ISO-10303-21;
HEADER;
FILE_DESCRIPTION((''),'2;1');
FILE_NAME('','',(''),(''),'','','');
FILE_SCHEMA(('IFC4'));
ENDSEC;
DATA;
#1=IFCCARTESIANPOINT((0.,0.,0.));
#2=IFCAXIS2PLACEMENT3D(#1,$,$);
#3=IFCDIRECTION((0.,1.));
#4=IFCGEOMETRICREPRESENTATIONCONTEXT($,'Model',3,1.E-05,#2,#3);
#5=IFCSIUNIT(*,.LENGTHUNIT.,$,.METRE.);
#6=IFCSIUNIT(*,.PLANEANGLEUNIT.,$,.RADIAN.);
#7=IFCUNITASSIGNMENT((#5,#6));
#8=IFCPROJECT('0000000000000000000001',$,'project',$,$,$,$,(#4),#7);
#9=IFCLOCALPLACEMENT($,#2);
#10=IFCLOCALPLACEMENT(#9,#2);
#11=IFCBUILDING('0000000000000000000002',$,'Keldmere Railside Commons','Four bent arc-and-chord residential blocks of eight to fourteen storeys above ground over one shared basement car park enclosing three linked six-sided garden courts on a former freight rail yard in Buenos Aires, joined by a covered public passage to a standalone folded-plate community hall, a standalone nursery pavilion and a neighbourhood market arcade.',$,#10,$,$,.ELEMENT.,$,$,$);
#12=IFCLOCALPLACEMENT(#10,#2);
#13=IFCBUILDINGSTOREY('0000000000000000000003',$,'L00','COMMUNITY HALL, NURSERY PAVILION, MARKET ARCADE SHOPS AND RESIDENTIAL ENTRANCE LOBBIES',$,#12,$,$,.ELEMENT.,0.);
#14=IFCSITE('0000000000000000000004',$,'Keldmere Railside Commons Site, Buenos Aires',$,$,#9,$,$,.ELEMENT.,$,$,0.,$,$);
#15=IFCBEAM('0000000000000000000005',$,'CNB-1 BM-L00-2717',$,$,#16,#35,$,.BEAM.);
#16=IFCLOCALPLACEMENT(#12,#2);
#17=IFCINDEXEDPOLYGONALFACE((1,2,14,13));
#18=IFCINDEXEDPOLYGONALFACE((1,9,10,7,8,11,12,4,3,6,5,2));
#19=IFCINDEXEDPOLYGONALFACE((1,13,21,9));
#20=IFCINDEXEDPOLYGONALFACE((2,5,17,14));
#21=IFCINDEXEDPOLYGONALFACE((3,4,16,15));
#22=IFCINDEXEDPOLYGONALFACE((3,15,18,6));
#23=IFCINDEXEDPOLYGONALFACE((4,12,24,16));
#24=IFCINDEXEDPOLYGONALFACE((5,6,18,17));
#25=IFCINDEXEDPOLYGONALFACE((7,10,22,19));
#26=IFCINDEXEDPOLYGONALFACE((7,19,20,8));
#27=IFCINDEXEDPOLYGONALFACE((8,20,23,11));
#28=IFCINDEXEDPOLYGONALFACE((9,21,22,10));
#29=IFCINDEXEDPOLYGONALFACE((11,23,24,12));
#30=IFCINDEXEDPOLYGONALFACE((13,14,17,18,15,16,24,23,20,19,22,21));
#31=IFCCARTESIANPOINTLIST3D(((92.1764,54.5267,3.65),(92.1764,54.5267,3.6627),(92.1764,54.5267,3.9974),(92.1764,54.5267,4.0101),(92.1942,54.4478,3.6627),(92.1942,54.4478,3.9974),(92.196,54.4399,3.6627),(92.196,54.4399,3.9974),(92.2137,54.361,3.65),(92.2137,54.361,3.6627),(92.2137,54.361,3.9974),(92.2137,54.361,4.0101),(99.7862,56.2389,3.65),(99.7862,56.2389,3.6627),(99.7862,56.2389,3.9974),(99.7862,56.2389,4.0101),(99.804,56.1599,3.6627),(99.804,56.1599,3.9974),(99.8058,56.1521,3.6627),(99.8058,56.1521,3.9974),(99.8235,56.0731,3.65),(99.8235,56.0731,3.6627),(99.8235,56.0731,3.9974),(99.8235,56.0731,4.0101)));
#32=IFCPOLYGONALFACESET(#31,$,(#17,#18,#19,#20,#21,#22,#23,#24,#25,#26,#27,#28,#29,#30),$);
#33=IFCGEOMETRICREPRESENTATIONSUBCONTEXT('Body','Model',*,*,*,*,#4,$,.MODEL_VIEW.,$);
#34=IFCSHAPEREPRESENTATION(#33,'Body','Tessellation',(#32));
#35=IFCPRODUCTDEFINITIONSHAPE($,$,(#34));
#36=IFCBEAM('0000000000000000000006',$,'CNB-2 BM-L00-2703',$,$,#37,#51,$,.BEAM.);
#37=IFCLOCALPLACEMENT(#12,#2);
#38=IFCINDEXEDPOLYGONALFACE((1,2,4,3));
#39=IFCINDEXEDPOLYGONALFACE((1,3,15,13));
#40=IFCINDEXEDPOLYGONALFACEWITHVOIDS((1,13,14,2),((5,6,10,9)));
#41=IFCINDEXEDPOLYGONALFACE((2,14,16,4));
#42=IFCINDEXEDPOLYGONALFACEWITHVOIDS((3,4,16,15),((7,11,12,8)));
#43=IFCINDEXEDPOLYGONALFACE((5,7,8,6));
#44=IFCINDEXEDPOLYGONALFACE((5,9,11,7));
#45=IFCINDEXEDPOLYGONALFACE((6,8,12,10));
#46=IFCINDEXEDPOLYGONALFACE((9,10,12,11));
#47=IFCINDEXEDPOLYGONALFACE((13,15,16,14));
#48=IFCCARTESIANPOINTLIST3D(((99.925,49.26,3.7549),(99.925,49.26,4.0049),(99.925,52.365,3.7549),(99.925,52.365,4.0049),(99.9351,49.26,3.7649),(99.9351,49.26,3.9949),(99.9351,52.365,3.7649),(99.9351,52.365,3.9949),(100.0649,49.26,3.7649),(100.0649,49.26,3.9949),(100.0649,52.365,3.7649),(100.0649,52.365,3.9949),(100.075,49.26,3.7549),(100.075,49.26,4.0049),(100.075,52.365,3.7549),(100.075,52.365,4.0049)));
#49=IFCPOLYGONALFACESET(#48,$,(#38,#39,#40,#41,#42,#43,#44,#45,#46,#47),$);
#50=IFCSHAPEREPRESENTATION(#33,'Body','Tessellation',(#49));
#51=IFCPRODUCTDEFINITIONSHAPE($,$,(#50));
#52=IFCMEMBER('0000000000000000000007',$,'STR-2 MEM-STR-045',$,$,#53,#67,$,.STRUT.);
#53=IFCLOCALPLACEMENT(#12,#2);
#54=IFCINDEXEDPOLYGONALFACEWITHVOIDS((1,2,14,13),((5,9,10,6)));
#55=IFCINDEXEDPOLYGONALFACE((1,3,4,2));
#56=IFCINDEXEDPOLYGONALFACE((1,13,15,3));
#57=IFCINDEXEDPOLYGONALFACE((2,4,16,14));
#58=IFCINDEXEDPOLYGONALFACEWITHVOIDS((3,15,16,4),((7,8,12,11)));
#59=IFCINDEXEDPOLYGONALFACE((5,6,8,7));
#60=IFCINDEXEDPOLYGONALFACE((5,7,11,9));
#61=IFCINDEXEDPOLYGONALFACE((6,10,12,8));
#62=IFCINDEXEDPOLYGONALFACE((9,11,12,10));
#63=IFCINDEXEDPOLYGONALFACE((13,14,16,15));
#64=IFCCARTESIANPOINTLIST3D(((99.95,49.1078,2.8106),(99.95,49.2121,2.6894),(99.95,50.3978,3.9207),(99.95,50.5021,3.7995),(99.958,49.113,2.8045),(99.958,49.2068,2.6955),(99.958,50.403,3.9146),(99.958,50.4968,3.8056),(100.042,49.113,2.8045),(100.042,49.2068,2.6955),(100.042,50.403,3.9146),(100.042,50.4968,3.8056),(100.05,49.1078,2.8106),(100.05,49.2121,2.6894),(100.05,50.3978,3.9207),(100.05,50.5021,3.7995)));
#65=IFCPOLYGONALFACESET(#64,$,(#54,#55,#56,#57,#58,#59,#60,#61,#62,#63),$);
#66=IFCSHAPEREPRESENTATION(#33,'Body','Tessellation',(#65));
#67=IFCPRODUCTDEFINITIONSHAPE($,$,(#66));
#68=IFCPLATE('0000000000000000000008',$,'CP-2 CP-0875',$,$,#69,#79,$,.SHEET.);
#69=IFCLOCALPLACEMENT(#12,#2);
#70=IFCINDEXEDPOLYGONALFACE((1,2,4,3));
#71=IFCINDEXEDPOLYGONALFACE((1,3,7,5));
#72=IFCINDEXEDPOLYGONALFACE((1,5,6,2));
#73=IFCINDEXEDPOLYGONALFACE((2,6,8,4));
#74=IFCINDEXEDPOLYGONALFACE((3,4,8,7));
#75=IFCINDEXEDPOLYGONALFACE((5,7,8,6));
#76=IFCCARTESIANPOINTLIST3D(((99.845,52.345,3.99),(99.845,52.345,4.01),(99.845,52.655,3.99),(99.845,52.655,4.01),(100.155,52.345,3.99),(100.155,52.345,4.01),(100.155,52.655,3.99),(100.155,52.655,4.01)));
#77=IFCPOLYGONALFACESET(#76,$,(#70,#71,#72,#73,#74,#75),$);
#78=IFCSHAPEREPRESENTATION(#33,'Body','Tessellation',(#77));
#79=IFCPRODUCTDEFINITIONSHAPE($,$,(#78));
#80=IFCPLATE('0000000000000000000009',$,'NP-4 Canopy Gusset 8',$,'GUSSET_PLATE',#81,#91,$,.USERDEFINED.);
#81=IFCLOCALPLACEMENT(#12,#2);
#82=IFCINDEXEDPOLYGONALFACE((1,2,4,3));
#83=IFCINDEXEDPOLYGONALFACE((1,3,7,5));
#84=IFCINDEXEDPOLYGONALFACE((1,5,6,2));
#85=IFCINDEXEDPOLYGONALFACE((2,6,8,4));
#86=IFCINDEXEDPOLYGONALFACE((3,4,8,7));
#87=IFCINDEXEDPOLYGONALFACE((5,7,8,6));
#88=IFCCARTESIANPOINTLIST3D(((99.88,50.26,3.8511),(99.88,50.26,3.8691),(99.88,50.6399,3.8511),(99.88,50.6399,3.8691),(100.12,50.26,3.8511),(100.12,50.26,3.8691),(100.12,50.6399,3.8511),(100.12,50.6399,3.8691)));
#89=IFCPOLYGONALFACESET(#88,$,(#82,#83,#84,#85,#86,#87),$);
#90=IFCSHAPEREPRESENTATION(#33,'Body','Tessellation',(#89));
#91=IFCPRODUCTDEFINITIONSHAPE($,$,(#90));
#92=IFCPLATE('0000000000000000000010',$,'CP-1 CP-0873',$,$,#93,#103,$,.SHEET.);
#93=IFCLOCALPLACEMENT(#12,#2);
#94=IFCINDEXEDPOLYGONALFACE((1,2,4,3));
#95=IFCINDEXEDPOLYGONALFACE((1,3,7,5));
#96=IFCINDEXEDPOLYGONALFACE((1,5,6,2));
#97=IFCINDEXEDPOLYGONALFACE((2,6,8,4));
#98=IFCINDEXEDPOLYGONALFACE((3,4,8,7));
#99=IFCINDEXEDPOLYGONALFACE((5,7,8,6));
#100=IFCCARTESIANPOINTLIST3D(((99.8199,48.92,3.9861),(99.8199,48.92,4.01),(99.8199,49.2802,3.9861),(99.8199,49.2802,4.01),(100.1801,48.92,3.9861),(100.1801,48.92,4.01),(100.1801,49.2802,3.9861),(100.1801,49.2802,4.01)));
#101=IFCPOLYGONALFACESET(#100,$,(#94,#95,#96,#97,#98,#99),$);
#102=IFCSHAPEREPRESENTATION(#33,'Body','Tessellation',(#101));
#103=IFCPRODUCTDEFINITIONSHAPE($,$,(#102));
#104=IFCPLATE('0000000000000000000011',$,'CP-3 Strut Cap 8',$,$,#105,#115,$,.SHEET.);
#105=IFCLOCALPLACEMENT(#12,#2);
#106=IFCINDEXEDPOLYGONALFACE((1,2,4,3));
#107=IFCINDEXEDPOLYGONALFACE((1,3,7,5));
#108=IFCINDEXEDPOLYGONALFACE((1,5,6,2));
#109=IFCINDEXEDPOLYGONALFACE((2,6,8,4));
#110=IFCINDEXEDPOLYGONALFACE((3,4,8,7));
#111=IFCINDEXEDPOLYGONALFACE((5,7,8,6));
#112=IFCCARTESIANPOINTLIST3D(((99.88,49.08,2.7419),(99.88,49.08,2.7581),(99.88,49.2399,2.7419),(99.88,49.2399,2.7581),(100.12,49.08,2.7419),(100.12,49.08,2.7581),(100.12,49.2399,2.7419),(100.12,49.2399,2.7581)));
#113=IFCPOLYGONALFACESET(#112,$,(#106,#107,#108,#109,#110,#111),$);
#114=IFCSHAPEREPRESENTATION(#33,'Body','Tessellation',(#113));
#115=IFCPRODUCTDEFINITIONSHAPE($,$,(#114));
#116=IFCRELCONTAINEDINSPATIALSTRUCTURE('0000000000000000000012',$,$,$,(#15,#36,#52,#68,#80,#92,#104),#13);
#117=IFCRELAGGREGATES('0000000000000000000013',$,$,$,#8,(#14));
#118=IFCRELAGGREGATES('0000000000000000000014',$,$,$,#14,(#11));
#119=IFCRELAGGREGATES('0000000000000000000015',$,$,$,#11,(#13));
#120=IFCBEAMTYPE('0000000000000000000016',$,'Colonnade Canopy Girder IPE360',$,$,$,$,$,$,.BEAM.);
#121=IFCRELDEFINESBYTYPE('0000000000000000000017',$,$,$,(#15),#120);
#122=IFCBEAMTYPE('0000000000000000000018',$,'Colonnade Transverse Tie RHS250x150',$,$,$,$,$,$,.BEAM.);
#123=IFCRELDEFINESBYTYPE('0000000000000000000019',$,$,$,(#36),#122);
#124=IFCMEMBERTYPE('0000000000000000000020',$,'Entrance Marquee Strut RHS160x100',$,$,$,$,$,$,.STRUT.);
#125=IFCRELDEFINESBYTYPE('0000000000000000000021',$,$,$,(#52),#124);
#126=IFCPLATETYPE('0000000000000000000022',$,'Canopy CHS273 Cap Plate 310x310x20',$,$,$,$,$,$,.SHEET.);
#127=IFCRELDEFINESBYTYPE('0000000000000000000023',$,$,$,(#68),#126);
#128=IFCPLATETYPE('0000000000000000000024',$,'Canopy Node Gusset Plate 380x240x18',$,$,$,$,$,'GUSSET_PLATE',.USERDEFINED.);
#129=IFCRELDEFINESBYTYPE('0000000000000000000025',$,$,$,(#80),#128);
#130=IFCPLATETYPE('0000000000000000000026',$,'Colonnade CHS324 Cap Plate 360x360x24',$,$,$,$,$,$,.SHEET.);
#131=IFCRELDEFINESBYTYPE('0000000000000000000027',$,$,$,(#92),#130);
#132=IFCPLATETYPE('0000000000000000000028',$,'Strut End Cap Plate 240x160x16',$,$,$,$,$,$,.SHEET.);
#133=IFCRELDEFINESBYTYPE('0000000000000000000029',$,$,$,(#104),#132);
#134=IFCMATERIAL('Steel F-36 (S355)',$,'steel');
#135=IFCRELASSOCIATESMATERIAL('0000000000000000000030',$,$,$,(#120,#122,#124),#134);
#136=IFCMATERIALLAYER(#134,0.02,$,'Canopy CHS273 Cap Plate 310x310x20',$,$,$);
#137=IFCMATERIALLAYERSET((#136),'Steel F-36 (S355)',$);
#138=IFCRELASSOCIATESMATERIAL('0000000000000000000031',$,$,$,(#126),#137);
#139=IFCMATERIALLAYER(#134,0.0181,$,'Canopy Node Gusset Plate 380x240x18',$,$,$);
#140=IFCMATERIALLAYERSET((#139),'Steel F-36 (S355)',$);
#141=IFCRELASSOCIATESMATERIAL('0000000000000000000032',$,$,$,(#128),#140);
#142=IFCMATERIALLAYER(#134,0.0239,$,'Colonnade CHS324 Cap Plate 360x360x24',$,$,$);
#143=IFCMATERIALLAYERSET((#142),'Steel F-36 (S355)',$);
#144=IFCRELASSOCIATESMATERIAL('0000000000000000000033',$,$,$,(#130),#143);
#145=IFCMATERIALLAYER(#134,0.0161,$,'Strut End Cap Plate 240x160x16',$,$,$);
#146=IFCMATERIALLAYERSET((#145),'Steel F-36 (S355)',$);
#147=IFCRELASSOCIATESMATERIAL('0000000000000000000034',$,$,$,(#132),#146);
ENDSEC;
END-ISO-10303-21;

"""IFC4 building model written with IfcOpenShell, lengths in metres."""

from ifc_helpers import new_model, si_unit, direction, frame, origin, origin_2d, place, context, subcontext, project, spatial, rectangle, hollow_rectangle, i_section, extrude, material, layer, layer_set, material_profile, profile_set, type_object, element, save


model = new_model("IFC4")

# Units and contexts
model_context = context("Model", 3, precision=1e-05, world=origin(), true_north=direction((0.0, 1.0)))
body_context = subcontext(model_context, "Body", "Model", "MODEL_VIEW")
ifc_project = project(units=[si_unit("LENGTHUNIT", "METRE"), si_unit("PLANEANGLEUNIT", "RADIAN")], contexts=[model_context])

# Site, building, storey
site_placement = place(None, origin())
site = spatial("IfcSite", under=ifc_project, at=site_placement, Name="Keldmere Railside Commons Site, Buenos Aires", CompositionType="ELEMENT", RefElevation=0.0)
building_placement = place(site_placement, origin())
building = spatial("IfcBuilding", under=site, at=building_placement, Name="Keldmere Railside Commons", Description="Four bent arc-and-chord residential blocks of eight to fourteen storeys above ground over one shared basement car park enclosing three linked six-sided garden courts on a former freight rail yard in Buenos Aires, joined by a covered public passage to a standalone folded-plate community hall, a standalone nursery pavilion and a neighbourhood market arcade.", CompositionType="ELEMENT")
storey_placement = place(building_placement, origin())
storey = spatial("IfcBuildingStorey", under=building, at=storey_placement, Name="L00", Description="COMMUNITY HALL, NURSERY PAVILION, MARKET ARCADE SHOPS AND RESIDENTIAL ENTRANCE LOBBIES", CompositionType="ELEMENT", Elevation=0.0)

# Shared definitions
ifc_material_1 = material(Name="Steel F-36 (S355)", Category="steel")

# Beams
ifc_material_profile_1 = material_profile(ifc_material_1, i_section(OverallWidth=0.1699, OverallDepth=0.3601, WebThickness=0.0081, FlangeThickness=0.0127, at=origin_2d()), Name="IPE-360")
ifc_profile_set_1 = profile_set([ifc_material_profile_1], Name="Steel F-36 (S355)")
beam_type_1 = type_object("IfcBeamType", Name="Colonnade Canopy Girder IPE360", PredefinedType="BEAM", material=ifc_profile_set_1)
beam_1_placement = place(storey_placement, frame((92.1951, 54.4438, 3.8301), z_axis=(0.975611, 0.219505, 0.0), x_axis=(-0.219505, 0.975611, 0.0)))
element("IfcBeam", 1, at=beam_1_placement, inside=storey, type_object=beam_type_1, Name="CNB-1 BM-L00-2717", PredefinedType="BEAM", context=body_context, shape_type="SweptSolid", body=[
    extrude(i_section(OverallWidth=0.1699, OverallDepth=0.3601, WebThickness=0.0081, FlangeThickness=0.0127, at=origin_2d()), origin(), (0.0, 0.0, 1.0), 7.8),
])
ifc_material_profile_2 = material_profile(ifc_material_1, hollow_rectangle(XDim=0.1499, YDim=0.25, WallThickness=0.01, at=origin_2d()), Name="RHS-250x150x10")
ifc_profile_set_2 = profile_set([ifc_material_profile_2], Name="Steel F-36 (S355)")
beam_type_2 = type_object("IfcBeamType", Name="Colonnade Transverse Tie RHS250x150", PredefinedType="BEAM", material=ifc_profile_set_2)
beam_2_placement = place(storey_placement, frame((100.0, 49.26, 3.8799), z_axis=(0.0, 1.0, 0.0), x_axis=(-1.0, 0.0, 0.0)))
element("IfcBeam", 2, at=beam_2_placement, inside=storey, type_object=beam_type_2, Name="CNB-2 BM-L00-2703", PredefinedType="BEAM", context=body_context, shape_type="SweptSolid", body=[
    extrude(hollow_rectangle(XDim=0.1499, YDim=0.25, WallThickness=0.01, at=origin_2d()), origin(), (0.0, 0.0, 1.0), 3.105),
])

# Member
ifc_material_profile_3 = material_profile(ifc_material_1, hollow_rectangle(XDim=0.1001, YDim=0.1599, WallThickness=0.0081, at=origin_2d()), Name="RHS-160x100x8")
ifc_profile_set_3 = profile_set([ifc_material_profile_3], Name="Steel F-36 (S355)")
member_type = type_object("IfcMemberType", Name="Entrance Marquee Strut RHS160x100", PredefinedType="STRUT", material=ifc_profile_set_3)
member_placement = place(storey_placement, frame((100.0, 49.1599, 2.75), z_axis=(0.0, 0.757989, 0.652267), x_axis=(-1.0, 0.0, 0.0)))
element("IfcMember", 3, at=member_placement, inside=storey, type_object=member_type, Name="STR-2 MEM-STR-045", PredefinedType="STRUT", context=body_context, shape_type="SweptSolid", body=[
    extrude(hollow_rectangle(XDim=0.1001, YDim=0.1599, WallThickness=0.0081, at=origin_2d()), origin(), (0.0, 0.0, 1.0), 1.7019),
])

# Plates
ifc_layer_1 = layer(ifc_material_1, 0.02, Name="Canopy CHS273 Cap Plate 310x310x20")
ifc_layer_set_1 = layer_set([ifc_layer_1], Name="Steel F-36 (S355)")
plate_type_1 = type_object("IfcPlateType", Name="Canopy CHS273 Cap Plate 310x310x20", PredefinedType="SHEET", material=ifc_layer_set_1)
plate_1_placement = place(storey_placement, frame((100.0, 52.5, 3.99), z_axis=(0.0, 0.0, 1.0), x_axis=(1.0, 0.0, 0.0)))
element("IfcPlate", 4, at=plate_1_placement, inside=storey, type_object=plate_type_1, Name="CP-2 CP-0875", PredefinedType="SHEET", context=body_context, shape_type="SweptSolid", body=[
    extrude(rectangle(XDim=0.3101, YDim=0.3101, at=origin_2d()), origin(), (0.0, 0.0, 1.0), 0.02),
])
ifc_layer_2 = layer(ifc_material_1, 0.0181, Name="Canopy Node Gusset Plate 380x240x18")
ifc_layer_set_2 = layer_set([ifc_layer_2], Name="Steel F-36 (S355)")
plate_type_2 = type_object("IfcPlateType", Name="Canopy Node Gusset Plate 380x240x18", ElementType="GUSSET_PLATE", PredefinedType="USERDEFINED", material=ifc_layer_set_2)
plate_2_placement = place(storey_placement, frame((100.0, 50.45, 3.8511), z_axis=(0.0, 0.0, 1.0), x_axis=(0.0, 1.0, 0.0)))
element("IfcPlate", 5, at=plate_2_placement, inside=storey, type_object=plate_type_2, Name="NP-4 Canopy Gusset 8", ObjectType="GUSSET_PLATE", PredefinedType="USERDEFINED", context=body_context, shape_type="SweptSolid", body=[
    extrude(rectangle(XDim=0.3799, YDim=0.24, at=origin_2d()), origin(), (0.0, 0.0, 1.0), 0.0181),
])
ifc_layer_3 = layer(ifc_material_1, 0.0239, Name="Colonnade CHS324 Cap Plate 360x360x24")
ifc_layer_set_3 = layer_set([ifc_layer_3], Name="Steel F-36 (S355)")
plate_type_3 = type_object("IfcPlateType", Name="Colonnade CHS324 Cap Plate 360x360x24", PredefinedType="SHEET", material=ifc_layer_set_3)
plate_3_placement = place(storey_placement, frame((100.0, 49.1001, 3.9861), z_axis=(0.0, 0.0, 1.0), x_axis=(1.0, 0.0, 0.0)))
element("IfcPlate", 6, at=plate_3_placement, inside=storey, type_object=plate_type_3, Name="CP-1 CP-0873", PredefinedType="SHEET", context=body_context, shape_type="SweptSolid", body=[
    extrude(rectangle(XDim=0.3601, YDim=0.3601, at=origin_2d()), origin(), (0.0, 0.0, 1.0), 0.0239),
])
ifc_layer_4 = layer(ifc_material_1, 0.0161, Name="Strut End Cap Plate 240x160x16")
ifc_layer_set_4 = layer_set([ifc_layer_4], Name="Steel F-36 (S355)")
plate_type_4 = type_object("IfcPlateType", Name="Strut End Cap Plate 240x160x16", PredefinedType="SHEET", material=ifc_layer_set_4)
plate_4_placement = place(storey_placement, frame((100.0, 49.1599, 2.7419), z_axis=(0.0, 0.0, 1.0), x_axis=(1.0, 0.0, 0.0)))
element("IfcPlate", 7, at=plate_4_placement, inside=storey, type_object=plate_type_4, Name="CP-3 Strut Cap 8", PredefinedType="SHEET", context=body_context, shape_type="SweptSolid", body=[
    extrude(rectangle(XDim=0.24, YDim=0.1599, at=origin_2d()), origin(), (0.0, 0.0, 1.0), 0.0161),
])

save(model, "model.ifc")
